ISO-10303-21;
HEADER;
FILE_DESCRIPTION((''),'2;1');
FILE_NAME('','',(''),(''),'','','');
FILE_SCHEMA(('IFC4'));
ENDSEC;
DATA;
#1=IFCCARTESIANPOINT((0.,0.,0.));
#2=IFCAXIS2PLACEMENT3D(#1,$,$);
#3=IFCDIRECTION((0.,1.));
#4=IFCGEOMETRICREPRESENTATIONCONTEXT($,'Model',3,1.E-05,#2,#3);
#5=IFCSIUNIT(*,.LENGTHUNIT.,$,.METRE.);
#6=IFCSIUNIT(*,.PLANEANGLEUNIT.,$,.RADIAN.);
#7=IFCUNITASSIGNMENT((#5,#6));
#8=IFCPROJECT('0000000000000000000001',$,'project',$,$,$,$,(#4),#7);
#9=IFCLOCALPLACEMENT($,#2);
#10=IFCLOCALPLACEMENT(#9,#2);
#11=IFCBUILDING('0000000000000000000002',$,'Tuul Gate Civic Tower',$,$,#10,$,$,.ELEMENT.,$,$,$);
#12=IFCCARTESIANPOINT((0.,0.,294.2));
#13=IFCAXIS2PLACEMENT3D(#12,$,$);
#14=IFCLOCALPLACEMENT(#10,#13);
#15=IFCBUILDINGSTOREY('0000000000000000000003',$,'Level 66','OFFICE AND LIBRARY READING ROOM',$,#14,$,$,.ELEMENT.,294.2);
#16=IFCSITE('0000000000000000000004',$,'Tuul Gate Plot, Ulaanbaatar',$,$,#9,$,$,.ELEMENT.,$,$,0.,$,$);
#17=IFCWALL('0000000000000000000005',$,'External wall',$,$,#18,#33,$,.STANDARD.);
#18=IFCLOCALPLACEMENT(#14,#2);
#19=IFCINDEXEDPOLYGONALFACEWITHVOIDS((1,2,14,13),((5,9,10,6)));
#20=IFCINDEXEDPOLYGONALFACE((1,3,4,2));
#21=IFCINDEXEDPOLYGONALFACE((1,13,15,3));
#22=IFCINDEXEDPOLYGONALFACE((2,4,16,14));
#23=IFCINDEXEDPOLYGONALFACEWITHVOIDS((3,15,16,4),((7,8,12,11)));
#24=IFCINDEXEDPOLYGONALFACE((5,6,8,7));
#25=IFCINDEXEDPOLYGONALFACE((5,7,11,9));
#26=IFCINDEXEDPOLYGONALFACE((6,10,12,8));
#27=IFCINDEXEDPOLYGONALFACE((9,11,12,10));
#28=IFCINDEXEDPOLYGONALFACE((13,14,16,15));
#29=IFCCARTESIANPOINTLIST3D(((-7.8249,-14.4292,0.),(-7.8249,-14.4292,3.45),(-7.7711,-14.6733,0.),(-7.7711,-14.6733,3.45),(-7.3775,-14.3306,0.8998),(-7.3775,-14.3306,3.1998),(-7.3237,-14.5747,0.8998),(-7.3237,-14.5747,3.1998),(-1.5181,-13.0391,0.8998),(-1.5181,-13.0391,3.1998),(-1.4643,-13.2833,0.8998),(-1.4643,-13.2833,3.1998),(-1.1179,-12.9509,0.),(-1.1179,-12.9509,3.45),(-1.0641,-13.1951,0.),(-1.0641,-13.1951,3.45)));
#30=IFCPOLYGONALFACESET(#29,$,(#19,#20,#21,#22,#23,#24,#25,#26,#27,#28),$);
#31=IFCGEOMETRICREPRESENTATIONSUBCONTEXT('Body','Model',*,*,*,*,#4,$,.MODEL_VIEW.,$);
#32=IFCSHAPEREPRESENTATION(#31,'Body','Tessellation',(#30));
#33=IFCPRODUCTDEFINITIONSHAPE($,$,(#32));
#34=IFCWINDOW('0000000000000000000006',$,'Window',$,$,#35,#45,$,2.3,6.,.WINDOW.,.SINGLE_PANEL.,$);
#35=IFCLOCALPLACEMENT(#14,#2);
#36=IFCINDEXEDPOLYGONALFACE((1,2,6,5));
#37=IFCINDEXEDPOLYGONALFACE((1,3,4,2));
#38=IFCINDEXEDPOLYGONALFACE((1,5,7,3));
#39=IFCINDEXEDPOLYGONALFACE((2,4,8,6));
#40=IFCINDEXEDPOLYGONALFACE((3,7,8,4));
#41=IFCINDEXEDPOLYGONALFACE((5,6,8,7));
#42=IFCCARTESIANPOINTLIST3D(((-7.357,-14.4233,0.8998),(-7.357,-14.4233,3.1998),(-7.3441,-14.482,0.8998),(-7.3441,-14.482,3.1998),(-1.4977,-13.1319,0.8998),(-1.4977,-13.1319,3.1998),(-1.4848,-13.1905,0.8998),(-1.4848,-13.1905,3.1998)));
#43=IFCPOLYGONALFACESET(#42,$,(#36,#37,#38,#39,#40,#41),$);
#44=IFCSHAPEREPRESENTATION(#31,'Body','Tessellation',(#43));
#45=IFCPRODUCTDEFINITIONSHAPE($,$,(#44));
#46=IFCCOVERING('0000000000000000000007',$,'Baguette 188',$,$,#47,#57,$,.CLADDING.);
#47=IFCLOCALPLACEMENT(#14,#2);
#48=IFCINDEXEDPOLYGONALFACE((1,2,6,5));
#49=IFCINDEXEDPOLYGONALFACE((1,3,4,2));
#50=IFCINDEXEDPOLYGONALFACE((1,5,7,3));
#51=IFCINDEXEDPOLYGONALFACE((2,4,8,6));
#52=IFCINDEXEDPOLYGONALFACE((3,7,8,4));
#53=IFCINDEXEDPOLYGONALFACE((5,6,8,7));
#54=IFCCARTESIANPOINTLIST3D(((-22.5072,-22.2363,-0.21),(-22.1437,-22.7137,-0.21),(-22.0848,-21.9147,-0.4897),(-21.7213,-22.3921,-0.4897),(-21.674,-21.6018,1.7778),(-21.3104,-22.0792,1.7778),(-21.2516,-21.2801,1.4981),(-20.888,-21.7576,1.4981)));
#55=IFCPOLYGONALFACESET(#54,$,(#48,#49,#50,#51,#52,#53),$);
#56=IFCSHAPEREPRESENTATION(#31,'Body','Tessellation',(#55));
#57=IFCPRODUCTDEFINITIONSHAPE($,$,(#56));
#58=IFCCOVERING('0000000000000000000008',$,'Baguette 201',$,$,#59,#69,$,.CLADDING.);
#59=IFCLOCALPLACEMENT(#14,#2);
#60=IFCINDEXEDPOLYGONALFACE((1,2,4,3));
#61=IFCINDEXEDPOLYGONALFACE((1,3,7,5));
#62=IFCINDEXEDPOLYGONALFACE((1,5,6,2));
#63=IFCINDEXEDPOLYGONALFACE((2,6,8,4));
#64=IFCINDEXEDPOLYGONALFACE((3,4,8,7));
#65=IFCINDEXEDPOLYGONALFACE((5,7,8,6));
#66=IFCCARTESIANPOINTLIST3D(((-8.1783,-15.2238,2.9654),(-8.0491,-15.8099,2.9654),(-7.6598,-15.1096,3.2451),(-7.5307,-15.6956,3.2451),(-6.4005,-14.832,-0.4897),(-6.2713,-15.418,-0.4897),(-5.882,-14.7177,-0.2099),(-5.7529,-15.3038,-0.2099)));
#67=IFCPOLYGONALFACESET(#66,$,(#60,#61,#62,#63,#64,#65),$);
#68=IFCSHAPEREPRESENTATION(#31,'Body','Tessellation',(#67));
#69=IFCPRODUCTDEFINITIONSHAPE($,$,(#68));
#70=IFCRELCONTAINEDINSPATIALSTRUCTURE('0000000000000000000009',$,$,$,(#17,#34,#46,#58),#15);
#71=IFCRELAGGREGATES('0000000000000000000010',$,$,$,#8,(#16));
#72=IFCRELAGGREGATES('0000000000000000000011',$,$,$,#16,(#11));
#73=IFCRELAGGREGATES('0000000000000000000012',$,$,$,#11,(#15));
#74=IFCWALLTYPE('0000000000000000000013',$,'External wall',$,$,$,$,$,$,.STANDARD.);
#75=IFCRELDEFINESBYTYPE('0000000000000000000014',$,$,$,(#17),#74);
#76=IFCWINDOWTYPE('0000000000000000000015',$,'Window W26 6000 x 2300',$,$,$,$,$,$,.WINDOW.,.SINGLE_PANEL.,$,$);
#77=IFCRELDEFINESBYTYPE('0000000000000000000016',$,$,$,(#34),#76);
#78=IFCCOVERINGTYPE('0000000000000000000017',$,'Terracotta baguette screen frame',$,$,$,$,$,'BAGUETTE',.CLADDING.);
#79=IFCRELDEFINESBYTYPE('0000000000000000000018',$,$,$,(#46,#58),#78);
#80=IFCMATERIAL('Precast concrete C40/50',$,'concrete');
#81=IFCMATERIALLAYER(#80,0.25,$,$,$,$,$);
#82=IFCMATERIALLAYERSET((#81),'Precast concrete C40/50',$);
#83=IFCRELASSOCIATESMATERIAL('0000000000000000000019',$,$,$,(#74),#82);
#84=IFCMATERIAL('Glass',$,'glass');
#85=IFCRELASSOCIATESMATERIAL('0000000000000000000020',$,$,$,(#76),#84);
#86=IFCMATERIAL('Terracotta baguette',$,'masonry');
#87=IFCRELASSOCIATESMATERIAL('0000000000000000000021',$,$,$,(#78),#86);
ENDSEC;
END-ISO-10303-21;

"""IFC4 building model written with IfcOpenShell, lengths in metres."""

from ifc_helpers import new_model, si_unit, direction, frame, frame_2d, origin, origin_2d, place, context, subcontext, project, spatial, rectangle, extrude, material, layer, layer_set, material_profile, profile_set, type_object, element, fill, save


model = new_model("IFC4")

# Units and contexts
model_context = context("Model", 3, precision=1e-05, world=origin(), true_north=direction((0.0, 1.0)))
body_context = subcontext(model_context, "Body", "Model", "MODEL_VIEW")
ifc_project = project(units=[si_unit("LENGTHUNIT", "METRE"), si_unit("PLANEANGLEUNIT", "RADIAN")], contexts=[model_context])

# Site, building, storey
site_placement = place(None, origin())
site = spatial("IfcSite", under=ifc_project, at=site_placement, Name="Tuul Gate Plot, Ulaanbaatar", CompositionType="ELEMENT", RefElevation=0.0)
building_placement = place(site_placement, origin())
building = spatial("IfcBuilding", under=site, at=building_placement, Name="Tuul Gate Civic Tower", CompositionType="ELEMENT")
storey_placement = place(building_placement, frame((0.0, 0.0, 294.2)))
storey = spatial("IfcBuildingStorey", under=building, at=storey_placement, Name="Level 66", Description="OFFICE AND LIBRARY READING ROOM", CompositionType="ELEMENT", Elevation=294.2)

# Wall, opening, window
ifc_material_1 = material(Name="Precast concrete C40/50", Category="concrete")
ifc_layer_1 = layer(ifc_material_1, 0.25)
ifc_layer_set_1 = layer_set([ifc_layer_1], Name="Precast concrete C40/50")
wall_type_1 = type_object("IfcWallType", Name="External wall", PredefinedType="STANDARD", material=ifc_layer_set_1)
ifc_material_2 = material(Name="Glass", Category="glass")
window_type = type_object("IfcWindowType", Name="Window W26 6000 x 2300", PartitioningType="SINGLE_PANEL", PredefinedType="WINDOW", material=ifc_material_2)
wall_1_placement = place(storey_placement, frame((-7.7981, -14.5513, 0.0), z_axis=(0.0, 0.0, 1.0), x_axis=(0.976561, 0.21524, 0.0)))
wall_1 = element("IfcWall", 1, at=wall_1_placement, inside=storey, type_object=wall_type_1, Name="External wall", PredefinedType="STANDARD", context=body_context, shape_type="SweptSolid", body=[
    extrude(rectangle(XDim=6.8679, YDim=0.25, at=frame_2d((3.4341, 0.0))), origin(), (0.0, 0.0, 1.0), 3.45),
])
opening_1_placement = place(wall_1_placement, frame((0.4583, 0.0, 0.8999)))
opening_1 = element("IfcOpeningElement", 2, at=opening_1_placement, cuts=wall_1, PredefinedType="OPENING", context=body_context, shape_type="SweptSolid", body=[
    extrude(rectangle(XDim=6.0, YDim=2.3, at=frame_2d((3.0, 1.1499))), frame((0.0, 0.135, 0.0), z_axis=(0.0, -1.0, 0.0), x_axis=(1.0, 0.0, 0.0)), (0.0, 0.0, 1.0), 0.27),
])
window_1_placement = place(opening_1_placement, origin())
window_1 = element("IfcWindow", 3, at=window_1_placement, inside=storey, type_object=window_type, Name="Window", OverallHeight=2.3, OverallWidth=6.0, PartitioningType="SINGLE_PANEL", PredefinedType="WINDOW", context=body_context, shape_type="SweptSolid", body=[
    extrude(rectangle(XDim=6.0, YDim=2.3, at=frame_2d((3.0, 1.1499))), frame((0.0, 0.03, 0.0), z_axis=(0.0, -1.0, 0.0), x_axis=(1.0, 0.0, 0.0)), (0.0, 0.0, 1.0), 0.0601),
])
fill(opening_1, window_1)

# Coverings
ifc_material_3 = material(Name="Terracotta baguette", Category="masonry")
ifc_material_profile_1 = material_profile(ifc_material_3, rectangle(XDim=0.6001, YDim=0.6001, at=origin_2d()), Name="Terracotta baguette screen frame")
ifc_profile_set_1 = profile_set([ifc_material_profile_1], Name="Terracotta baguette")
covering_type = type_object("IfcCoveringType", Name="Terracotta baguette screen frame", ElementType="BAGUETTE", PredefinedType="CLADDING", material=ifc_profile_set_1)
covering_1_placement = place(storey_placement, frame((-22.1143, -22.3142, -0.3499), z_axis=(0.370857, 0.282407, 0.88471), x_axis=(-0.60584, 0.795587, 0.0)))
element("IfcCovering", 4, at=covering_1_placement, inside=storey, type_object=covering_type, Name="Baguette 188", PredefinedType="CLADDING", context=body_context, shape_type="SweptSolid", body=[
    extrude(rectangle(XDim=0.6001, YDim=0.6001, at=origin_2d()), origin(), (0.0, 0.0, 1.0), 2.2468),
])
covering_2_placement = place(storey_placement, frame((-7.8545, -15.4597, 3.1052), z_axis=(0.455229, 0.100335, -0.884703), x_axis=(-0.21524, 0.976561, 0.0)))
element("IfcCovering", 5, at=covering_2_placement, inside=storey, type_object=covering_type, Name="Baguette 201", PredefinedType="CLADDING", context=body_context, shape_type="SweptSolid", body=[
    extrude(rectangle(XDim=0.6001, YDim=0.6001, at=origin_2d()), origin(), (0.0, 0.0, 1.0), 3.9053),
])

save(model, "model.ifc")
